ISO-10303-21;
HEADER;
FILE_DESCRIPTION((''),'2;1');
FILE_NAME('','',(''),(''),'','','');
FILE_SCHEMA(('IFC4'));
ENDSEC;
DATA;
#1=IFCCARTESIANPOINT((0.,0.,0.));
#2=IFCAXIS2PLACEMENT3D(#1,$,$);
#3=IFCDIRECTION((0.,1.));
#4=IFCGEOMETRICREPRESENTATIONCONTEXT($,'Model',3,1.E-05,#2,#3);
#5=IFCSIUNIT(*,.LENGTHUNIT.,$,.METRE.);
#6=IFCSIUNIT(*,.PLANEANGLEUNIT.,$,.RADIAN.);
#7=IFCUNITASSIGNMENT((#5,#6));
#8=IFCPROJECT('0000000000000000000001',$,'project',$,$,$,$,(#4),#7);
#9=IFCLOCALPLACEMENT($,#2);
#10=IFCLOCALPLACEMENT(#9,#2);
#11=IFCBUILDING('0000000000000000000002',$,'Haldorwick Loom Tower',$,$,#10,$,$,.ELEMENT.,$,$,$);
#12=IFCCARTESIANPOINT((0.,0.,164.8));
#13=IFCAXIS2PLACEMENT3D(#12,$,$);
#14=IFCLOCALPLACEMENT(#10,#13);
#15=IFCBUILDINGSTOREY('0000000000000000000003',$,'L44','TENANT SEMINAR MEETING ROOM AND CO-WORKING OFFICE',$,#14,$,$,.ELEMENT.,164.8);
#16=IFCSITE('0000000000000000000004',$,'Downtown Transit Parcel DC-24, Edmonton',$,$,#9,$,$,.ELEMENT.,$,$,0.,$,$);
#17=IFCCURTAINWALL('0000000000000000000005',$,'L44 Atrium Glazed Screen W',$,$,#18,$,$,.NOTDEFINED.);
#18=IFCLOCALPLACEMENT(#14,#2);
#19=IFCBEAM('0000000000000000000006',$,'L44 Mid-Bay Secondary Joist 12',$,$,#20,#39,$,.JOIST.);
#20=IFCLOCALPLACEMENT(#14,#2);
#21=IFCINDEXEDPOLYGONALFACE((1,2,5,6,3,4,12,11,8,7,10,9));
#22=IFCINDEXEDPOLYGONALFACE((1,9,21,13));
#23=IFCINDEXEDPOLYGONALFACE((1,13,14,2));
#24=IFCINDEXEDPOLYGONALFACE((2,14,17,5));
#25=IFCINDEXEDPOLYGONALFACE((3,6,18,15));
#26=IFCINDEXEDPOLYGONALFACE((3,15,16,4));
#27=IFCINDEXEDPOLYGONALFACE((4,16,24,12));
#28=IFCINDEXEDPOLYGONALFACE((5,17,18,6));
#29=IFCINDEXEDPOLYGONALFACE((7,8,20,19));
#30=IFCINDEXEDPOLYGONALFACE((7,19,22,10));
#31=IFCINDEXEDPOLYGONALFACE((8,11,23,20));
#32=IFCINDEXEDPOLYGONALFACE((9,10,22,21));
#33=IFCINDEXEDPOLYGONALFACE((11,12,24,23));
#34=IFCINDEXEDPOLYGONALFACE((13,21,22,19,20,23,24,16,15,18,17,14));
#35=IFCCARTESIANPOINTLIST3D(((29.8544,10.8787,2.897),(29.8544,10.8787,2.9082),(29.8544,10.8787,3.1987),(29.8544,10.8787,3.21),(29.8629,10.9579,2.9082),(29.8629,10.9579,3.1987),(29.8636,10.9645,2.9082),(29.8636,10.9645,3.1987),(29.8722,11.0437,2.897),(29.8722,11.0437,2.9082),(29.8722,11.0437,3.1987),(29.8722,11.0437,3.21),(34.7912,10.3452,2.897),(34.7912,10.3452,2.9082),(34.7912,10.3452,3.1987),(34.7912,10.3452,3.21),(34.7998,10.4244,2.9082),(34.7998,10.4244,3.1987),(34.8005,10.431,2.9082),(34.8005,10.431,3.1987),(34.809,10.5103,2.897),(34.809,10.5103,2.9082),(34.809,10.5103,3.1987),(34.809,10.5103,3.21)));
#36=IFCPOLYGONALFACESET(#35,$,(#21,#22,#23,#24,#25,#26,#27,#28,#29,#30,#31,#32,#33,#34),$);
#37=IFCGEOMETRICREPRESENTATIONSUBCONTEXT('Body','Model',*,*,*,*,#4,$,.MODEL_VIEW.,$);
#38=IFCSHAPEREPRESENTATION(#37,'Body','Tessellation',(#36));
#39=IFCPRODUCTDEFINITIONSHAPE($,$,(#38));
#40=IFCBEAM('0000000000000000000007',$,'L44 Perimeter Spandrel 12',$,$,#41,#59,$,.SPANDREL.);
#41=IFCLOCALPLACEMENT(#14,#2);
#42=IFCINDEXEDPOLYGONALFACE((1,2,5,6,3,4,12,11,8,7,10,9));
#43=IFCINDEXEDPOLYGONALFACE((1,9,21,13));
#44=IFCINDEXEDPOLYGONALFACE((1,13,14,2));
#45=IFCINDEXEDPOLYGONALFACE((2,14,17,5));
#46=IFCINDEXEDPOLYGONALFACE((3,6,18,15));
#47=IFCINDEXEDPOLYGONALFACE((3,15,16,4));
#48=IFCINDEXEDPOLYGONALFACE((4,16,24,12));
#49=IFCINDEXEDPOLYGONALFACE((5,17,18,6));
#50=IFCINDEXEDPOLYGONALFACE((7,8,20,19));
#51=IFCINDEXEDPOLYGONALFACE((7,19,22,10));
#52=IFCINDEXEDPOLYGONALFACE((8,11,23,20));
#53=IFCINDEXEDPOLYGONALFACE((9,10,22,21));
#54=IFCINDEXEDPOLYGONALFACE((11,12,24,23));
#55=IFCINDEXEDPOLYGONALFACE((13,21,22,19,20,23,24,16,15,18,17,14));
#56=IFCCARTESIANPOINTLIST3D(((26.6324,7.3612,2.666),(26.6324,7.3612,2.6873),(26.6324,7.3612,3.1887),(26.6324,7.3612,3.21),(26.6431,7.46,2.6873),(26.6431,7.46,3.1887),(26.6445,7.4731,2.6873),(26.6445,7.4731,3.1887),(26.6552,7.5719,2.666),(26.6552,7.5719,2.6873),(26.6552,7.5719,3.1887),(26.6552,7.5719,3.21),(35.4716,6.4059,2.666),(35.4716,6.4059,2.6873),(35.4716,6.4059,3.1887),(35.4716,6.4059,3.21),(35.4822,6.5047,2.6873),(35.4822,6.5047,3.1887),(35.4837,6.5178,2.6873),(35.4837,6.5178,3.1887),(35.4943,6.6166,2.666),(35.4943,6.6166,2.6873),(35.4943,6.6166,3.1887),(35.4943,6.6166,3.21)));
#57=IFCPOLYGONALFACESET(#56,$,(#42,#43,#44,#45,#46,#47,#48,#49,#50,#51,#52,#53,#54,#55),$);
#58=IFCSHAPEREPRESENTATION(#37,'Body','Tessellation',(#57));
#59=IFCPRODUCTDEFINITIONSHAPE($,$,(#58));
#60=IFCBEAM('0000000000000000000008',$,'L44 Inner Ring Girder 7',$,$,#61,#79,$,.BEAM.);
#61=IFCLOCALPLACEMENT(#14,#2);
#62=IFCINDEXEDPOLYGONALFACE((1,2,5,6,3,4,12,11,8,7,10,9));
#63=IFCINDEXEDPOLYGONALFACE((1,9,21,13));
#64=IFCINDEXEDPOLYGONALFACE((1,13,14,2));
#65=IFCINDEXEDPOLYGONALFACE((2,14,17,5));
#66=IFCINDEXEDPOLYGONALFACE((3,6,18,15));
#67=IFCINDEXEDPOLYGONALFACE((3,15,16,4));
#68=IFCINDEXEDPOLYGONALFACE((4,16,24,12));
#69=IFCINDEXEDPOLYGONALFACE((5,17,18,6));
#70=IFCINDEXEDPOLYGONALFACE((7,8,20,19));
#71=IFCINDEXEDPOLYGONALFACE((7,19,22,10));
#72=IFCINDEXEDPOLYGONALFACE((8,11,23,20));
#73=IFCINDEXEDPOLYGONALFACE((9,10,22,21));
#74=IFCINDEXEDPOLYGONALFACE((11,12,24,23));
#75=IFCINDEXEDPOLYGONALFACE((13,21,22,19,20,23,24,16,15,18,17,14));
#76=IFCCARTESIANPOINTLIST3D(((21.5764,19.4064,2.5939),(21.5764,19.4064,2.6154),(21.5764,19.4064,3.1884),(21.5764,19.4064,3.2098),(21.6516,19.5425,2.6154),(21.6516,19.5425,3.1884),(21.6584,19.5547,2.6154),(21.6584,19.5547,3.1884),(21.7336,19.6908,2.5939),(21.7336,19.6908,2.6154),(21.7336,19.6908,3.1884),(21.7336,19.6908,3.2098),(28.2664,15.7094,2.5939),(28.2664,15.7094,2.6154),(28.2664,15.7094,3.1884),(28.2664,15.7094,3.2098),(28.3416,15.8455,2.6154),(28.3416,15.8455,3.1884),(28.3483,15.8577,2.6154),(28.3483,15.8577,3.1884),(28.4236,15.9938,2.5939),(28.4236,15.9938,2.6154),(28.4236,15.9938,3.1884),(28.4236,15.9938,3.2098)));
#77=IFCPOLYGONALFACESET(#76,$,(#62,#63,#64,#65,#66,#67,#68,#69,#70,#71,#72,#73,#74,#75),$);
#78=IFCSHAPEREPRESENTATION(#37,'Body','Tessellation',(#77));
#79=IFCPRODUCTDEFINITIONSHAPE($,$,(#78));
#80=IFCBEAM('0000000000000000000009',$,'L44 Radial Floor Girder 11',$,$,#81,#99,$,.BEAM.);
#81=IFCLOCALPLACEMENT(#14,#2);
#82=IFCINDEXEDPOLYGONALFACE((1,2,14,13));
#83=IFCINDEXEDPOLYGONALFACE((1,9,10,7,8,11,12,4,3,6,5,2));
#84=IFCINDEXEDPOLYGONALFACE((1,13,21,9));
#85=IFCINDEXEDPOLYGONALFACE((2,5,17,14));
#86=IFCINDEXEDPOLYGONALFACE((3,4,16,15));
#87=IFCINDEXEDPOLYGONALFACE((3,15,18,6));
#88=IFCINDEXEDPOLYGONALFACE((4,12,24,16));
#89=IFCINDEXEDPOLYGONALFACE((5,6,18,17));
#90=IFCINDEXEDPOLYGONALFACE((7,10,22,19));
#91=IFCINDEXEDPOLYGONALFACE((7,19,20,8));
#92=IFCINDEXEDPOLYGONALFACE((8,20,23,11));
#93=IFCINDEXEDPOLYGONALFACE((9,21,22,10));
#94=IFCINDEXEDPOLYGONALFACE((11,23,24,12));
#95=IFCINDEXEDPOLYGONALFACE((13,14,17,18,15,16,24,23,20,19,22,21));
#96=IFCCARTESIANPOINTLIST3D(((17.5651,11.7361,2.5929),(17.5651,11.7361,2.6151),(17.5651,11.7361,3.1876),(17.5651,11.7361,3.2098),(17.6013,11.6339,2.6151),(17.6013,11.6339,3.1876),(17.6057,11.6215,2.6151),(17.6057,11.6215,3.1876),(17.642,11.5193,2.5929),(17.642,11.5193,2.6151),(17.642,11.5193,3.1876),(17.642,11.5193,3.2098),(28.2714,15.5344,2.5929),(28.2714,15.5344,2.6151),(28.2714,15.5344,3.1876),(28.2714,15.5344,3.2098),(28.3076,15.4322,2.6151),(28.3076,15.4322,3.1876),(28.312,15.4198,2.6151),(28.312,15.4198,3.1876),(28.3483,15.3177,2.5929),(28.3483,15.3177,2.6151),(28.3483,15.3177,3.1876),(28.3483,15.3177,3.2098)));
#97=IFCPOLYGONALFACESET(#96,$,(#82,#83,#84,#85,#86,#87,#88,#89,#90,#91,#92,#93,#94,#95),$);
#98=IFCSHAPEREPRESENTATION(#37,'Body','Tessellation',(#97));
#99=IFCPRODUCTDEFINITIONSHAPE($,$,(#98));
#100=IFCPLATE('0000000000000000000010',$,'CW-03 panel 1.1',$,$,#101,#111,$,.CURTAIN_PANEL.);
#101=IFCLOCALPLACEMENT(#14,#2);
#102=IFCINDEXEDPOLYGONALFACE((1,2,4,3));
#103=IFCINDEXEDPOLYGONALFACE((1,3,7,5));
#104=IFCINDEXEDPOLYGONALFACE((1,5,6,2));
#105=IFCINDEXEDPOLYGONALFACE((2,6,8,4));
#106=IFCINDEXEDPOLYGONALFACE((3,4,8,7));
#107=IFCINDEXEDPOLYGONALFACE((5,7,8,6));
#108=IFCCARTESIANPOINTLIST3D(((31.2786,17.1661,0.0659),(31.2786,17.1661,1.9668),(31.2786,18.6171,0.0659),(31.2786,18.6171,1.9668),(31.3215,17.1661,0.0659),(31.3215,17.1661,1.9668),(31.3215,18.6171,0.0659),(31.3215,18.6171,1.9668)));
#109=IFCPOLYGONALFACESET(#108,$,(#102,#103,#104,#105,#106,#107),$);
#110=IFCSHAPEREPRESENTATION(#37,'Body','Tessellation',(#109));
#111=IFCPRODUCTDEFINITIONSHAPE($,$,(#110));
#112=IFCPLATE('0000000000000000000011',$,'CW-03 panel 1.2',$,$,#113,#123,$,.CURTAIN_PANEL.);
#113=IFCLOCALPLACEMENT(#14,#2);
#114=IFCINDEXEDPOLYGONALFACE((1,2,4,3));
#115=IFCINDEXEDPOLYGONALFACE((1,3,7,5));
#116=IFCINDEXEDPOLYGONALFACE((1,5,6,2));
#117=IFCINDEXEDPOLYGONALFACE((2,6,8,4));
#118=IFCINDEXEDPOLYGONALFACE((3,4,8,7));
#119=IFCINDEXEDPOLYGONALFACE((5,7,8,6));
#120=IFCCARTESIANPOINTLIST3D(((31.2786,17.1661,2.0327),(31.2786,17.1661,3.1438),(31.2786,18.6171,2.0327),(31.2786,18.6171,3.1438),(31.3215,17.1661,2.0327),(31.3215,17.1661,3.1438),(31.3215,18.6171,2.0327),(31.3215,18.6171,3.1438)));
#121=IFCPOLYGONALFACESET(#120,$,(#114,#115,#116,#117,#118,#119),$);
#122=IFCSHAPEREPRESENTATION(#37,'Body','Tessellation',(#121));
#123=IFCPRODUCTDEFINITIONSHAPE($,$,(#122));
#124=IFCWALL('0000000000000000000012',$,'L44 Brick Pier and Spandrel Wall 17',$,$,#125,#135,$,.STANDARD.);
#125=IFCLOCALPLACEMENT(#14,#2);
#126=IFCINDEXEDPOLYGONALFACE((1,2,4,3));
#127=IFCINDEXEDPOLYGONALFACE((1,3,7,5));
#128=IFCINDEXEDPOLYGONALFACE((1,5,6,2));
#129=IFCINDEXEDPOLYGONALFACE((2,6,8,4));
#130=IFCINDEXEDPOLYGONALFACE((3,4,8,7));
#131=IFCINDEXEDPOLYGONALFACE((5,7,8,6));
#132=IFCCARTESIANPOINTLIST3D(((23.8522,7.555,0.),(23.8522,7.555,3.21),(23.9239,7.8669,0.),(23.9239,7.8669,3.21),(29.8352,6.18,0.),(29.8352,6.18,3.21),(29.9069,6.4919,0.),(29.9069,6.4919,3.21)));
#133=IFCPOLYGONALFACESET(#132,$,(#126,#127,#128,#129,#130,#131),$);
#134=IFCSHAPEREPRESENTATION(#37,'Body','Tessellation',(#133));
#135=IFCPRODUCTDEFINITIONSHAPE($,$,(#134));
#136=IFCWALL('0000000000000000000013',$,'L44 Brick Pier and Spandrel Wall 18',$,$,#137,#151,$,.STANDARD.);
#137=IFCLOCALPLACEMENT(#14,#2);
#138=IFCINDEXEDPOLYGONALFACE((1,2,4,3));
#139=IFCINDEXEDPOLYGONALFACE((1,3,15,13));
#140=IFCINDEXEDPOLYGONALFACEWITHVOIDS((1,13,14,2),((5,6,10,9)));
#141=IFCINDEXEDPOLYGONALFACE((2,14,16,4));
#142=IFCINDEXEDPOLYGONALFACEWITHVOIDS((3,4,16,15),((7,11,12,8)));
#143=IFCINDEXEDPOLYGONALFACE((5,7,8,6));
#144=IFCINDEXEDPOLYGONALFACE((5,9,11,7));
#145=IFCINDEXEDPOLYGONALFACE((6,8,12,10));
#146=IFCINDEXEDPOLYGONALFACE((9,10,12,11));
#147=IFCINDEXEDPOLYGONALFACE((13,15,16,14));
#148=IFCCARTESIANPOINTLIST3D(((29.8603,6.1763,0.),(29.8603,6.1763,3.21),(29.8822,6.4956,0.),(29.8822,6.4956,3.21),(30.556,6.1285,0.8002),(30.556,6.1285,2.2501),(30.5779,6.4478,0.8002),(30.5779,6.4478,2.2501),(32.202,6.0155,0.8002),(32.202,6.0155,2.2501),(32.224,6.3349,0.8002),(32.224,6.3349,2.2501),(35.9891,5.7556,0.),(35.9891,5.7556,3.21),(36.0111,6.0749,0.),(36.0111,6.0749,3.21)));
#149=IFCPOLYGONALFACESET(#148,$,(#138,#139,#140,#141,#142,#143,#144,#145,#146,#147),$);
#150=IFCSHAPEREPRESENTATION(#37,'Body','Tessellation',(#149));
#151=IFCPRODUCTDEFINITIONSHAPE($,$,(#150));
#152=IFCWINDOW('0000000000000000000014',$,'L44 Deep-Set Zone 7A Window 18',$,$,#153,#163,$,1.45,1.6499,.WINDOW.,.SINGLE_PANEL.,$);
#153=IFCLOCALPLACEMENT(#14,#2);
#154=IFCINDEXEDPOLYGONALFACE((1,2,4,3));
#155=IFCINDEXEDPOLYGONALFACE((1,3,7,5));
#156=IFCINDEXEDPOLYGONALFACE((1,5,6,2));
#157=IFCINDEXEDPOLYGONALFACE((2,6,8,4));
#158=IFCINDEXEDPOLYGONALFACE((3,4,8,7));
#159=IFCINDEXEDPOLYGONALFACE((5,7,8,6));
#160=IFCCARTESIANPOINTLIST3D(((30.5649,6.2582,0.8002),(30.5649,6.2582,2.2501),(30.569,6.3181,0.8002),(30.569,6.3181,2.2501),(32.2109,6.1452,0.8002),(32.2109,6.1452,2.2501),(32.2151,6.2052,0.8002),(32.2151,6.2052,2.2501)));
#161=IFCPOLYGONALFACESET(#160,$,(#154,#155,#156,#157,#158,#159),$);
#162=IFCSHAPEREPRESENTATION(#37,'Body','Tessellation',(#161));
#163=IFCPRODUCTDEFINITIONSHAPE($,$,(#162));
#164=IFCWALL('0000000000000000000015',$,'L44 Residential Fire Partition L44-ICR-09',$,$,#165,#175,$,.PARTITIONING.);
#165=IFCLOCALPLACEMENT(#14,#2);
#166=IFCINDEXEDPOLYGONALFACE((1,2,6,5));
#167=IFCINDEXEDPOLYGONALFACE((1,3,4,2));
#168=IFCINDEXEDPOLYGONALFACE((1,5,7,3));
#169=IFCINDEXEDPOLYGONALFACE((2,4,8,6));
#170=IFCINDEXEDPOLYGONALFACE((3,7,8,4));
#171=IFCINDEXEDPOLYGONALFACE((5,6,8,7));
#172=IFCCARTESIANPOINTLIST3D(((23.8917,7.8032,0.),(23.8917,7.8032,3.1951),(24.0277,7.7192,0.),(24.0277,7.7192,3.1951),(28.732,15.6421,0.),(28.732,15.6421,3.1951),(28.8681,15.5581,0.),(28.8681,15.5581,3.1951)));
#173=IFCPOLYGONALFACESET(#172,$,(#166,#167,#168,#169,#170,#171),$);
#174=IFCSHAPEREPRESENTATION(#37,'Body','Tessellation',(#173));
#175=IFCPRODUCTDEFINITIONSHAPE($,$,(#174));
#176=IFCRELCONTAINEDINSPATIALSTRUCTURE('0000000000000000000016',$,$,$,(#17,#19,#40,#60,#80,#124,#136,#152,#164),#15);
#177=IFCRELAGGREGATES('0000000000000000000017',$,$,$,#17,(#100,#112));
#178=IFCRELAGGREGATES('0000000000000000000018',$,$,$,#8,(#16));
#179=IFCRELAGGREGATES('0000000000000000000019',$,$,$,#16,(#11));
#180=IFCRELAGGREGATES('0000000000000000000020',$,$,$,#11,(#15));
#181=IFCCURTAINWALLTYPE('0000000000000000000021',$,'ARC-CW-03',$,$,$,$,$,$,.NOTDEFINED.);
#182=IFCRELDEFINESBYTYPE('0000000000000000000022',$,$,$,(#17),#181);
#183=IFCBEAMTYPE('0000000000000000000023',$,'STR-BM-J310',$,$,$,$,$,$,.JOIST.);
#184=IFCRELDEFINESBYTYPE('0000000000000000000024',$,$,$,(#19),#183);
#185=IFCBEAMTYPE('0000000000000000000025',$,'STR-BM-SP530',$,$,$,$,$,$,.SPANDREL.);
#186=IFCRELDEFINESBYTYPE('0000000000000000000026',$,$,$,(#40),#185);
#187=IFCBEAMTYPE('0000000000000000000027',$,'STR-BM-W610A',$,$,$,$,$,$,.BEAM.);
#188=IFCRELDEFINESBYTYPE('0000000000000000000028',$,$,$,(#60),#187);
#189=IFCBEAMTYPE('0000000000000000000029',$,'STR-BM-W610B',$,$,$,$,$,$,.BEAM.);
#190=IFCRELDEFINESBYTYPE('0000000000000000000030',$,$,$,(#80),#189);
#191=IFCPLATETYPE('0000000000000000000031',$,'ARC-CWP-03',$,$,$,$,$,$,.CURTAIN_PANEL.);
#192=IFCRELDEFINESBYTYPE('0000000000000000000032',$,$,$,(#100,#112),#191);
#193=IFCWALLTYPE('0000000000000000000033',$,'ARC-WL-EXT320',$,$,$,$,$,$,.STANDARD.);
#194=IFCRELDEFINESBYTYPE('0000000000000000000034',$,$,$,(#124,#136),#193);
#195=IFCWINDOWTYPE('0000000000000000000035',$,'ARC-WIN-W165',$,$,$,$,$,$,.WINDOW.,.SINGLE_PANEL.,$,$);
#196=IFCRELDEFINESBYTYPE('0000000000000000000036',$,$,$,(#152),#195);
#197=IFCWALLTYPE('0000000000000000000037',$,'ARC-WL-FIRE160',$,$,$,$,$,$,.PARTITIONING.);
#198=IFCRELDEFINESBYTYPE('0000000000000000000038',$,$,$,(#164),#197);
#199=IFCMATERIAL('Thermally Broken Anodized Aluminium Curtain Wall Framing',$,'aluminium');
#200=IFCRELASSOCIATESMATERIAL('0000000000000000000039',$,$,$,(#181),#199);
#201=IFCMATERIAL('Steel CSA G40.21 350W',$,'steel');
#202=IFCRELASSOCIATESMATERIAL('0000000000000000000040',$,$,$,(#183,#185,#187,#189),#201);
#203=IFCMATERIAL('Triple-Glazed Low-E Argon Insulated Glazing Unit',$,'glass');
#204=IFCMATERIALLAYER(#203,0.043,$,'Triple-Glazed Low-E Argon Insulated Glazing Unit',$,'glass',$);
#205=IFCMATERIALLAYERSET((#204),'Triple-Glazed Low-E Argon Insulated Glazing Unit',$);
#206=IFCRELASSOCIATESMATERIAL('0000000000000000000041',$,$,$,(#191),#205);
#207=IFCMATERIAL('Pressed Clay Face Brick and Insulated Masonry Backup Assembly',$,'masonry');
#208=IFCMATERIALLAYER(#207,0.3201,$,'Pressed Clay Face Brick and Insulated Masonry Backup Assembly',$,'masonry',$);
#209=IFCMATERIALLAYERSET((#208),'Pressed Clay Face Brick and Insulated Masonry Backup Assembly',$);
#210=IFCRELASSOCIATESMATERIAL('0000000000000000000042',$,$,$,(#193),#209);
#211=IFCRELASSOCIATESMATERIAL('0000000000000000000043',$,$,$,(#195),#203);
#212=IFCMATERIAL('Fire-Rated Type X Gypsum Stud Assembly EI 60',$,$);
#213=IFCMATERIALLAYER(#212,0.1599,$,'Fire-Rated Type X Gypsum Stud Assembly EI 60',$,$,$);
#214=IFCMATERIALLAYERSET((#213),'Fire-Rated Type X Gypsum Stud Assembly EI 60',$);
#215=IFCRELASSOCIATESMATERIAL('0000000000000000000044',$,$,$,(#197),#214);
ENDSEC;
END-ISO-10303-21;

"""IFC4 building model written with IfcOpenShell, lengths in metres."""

from ifc_helpers import new_model, si_unit, direction, frame, frame_2d, origin, origin_2d, place, context, subcontext, project, spatial, rectangle, i_section, extrude, material, layer, layer_set, material_profile, profile_set, type_object, element, fill, aggregate, save


model = new_model("IFC4")

# Units and contexts
model_context = context("Model", 3, precision=1e-05, world=origin(), true_north=direction((0.0, 1.0)))
body_context = subcontext(model_context, "Body", "Model", "MODEL_VIEW")
ifc_project = project(units=[si_unit("LENGTHUNIT", "METRE"), si_unit("PLANEANGLEUNIT", "RADIAN")], contexts=[model_context])

# Site, building, storey
site_placement = place(None, origin())
site = spatial("IfcSite", under=ifc_project, at=site_placement, Name="Downtown Transit Parcel DC-24, Edmonton", CompositionType="ELEMENT", RefElevation=0.0)
building_placement = place(site_placement, origin())
building = spatial("IfcBuilding", under=site, at=building_placement, Name="Haldorwick Loom Tower", CompositionType="ELEMENT")
storey_placement = place(building_placement, frame((0.0, 0.0, 164.8)))
storey = spatial("IfcBuildingStorey", under=building, at=storey_placement, Name="L44", Description="TENANT SEMINAR MEETING ROOM AND CO-WORKING OFFICE", CompositionType="ELEMENT", Elevation=164.8)

# Curtain wall
ifc_material_1 = material(Name="Thermally Broken Anodized Aluminium Curtain Wall Framing", Category="aluminium")
curtain_wall_type = type_object("IfcCurtainWallType", Name="ARC-CW-03", PredefinedType="NOTDEFINED", material=ifc_material_1)
curtain_wall_placement = place(storey_placement, origin())
curtain_wall = element("IfcCurtainWall", 1, at=curtain_wall_placement, inside=storey, type_object=curtain_wall_type, Name="L44 Atrium Glazed Screen W", PredefinedType="NOTDEFINED")

# Beams
ifc_material_2 = material(Name="Steel CSA G40.21 350W", Category="steel")
ifc_material_profile_1 = material_profile(ifc_material_2, i_section(OverallWidth=0.166, OverallDepth=0.313, WebThickness=0.0066, FlangeThickness=0.0112, at=origin_2d()), Name="W310X45", Category="steel")
ifc_profile_set_1 = profile_set([ifc_material_profile_1], Name="Steel CSA G40.21 350W")
beam_type_1 = type_object("IfcBeamType", Name="STR-BM-J310", PredefinedType="JOIST", material=ifc_profile_set_1)
beam_1_placement = place(storey_placement, frame((29.8633, 10.9612, 3.0535), z_axis=(0.994213, -0.107431, 0.0), x_axis=(0.107431, 0.994213, 0.0)))
element("IfcBeam", 2, at=beam_1_placement, inside=storey, type_object=beam_type_1, Name="L44 Mid-Bay Secondary Joist 12", PredefinedType="JOIST", context=body_context, shape_type="SweptSolid", body=[
    extrude(i_section(OverallWidth=0.166, OverallDepth=0.313, WebThickness=0.0066, FlangeThickness=0.0112, at=origin_2d()), origin(), (0.0, 0.0, 1.0), 4.9656),
])
ifc_material_profile_2 = material_profile(ifc_material_2, i_section(OverallWidth=0.2119, OverallDepth=0.5439, WebThickness=0.0132, FlangeThickness=0.0212, at=origin_2d()), Name="W530X123", Category="steel")
ifc_profile_set_2 = profile_set([ifc_material_profile_2], Name="Steel CSA G40.21 350W")
beam_type_2 = type_object("IfcBeamType", Name="STR-BM-SP530", PredefinedType="SPANDREL", material=ifc_profile_set_2)
beam_2_placement = place(storey_placement, frame((26.6438, 7.4666, 2.938), z_axis=(0.99421, -0.107453, 0.0), x_axis=(0.107453, 0.99421, 0.0)))
element("IfcBeam", 3, at=beam_2_placement, inside=storey, type_object=beam_type_2, Name="L44 Perimeter Spandrel 12", PredefinedType="SPANDREL", context=body_context, shape_type="SweptSolid", body=[
    extrude(i_section(OverallWidth=0.2119, OverallDepth=0.5439, WebThickness=0.0132, FlangeThickness=0.0212, at=origin_2d()), origin(), (0.0, 0.0, 1.0), 8.8906),
])
ifc_material_profile_3 = material_profile(ifc_material_2, i_section(OverallWidth=0.325, OverallDepth=0.616, WebThickness=0.0139, FlangeThickness=0.0215, at=origin_2d()), Name="W610X174", Category="steel")
ifc_profile_set_3 = profile_set([ifc_material_profile_3], Name="Steel CSA G40.21 350W")
beam_type_3 = type_object("IfcBeamType", Name="STR-BM-W610A", PredefinedType="BEAM", material=ifc_profile_set_3)
beam_3_placement = place(storey_placement, frame((28.345, 15.8516, 2.9019), z_axis=(-0.875244, 0.483681, 0.0), x_axis=(-0.483681, -0.875244, 0.0)))
element("IfcBeam", 4, at=beam_3_placement, inside=storey, type_object=beam_type_3, Name="L44 Inner Ring Girder 7", PredefinedType="BEAM", context=body_context, shape_type="SweptSolid", body=[
    extrude(i_section(OverallWidth=0.325, OverallDepth=0.616, WebThickness=0.0139, FlangeThickness=0.0215, at=origin_2d()), origin(), (0.0, 0.0, 1.0), 7.6436),
])
ifc_material_profile_4 = material_profile(ifc_material_2, i_section(OverallWidth=0.23, OverallDepth=0.6169, WebThickness=0.0132, FlangeThickness=0.0222, at=origin_2d()), Name="W610X140", Category="steel")
ifc_profile_set_4 = profile_set([ifc_material_profile_4], Name="Steel CSA G40.21 350W")
beam_type_4 = type_object("IfcBeamType", Name="STR-BM-W610B", PredefinedType="BEAM", material=ifc_profile_set_4)
beam_4_placement = place(storey_placement, frame((28.3098, 15.426, 2.9014), z_axis=(-0.942446, -0.334358, 0.0), x_axis=(0.334358, -0.942446, 0.0)))
element("IfcBeam", 5, at=beam_4_placement, inside=storey, type_object=beam_type_4, Name="L44 Radial Floor Girder 11", PredefinedType="BEAM", context=body_context, shape_type="SweptSolid", body=[
    extrude(i_section(OverallWidth=0.23, OverallDepth=0.6169, WebThickness=0.0132, FlangeThickness=0.0222, at=origin_2d()), origin(), (0.0, 0.0, 1.0), 11.3601),
])

# Plates
ifc_material_3 = material(Name="Triple-Glazed Low-E Argon Insulated Glazing Unit", Category="glass")
ifc_layer_1 = layer(ifc_material_3, 0.043, Name="Triple-Glazed Low-E Argon Insulated Glazing Unit", Category="glass")
ifc_layer_set_1 = layer_set([ifc_layer_1], Name="Triple-Glazed Low-E Argon Insulated Glazing Unit")
plate_type = type_object("IfcPlateType", Name="ARC-CWP-03", PredefinedType="CURTAIN_PANEL", material=ifc_layer_set_1)
plate_1_placement = place(storey_placement, frame((31.3, 17.8916, 0.0659), z_axis=(0.0, 0.0, 1.0), x_axis=(0.0, 1.0, 0.0)))
plate_1 = element("IfcPlate", 6, at=plate_1_placement, type_object=plate_type, Name="CW-03 panel 1.1", PredefinedType="CURTAIN_PANEL", context=body_context, shape_type="SweptSolid", body=[
    extrude(rectangle(XDim=1.4509, YDim=0.043, at=origin_2d()), origin(), (0.0, 0.0, 1.0), 1.9009),
])
plate_2_placement = place(storey_placement, frame((31.3, 17.8916, 2.0327), z_axis=(0.0, 0.0, 1.0), x_axis=(0.0, 1.0, 0.0)))
plate_2 = element("IfcPlate", 7, at=plate_2_placement, type_object=plate_type, Name="CW-03 panel 1.2", PredefinedType="CURTAIN_PANEL", context=body_context, shape_type="SweptSolid", body=[
    extrude(rectangle(XDim=1.4509, YDim=0.043, at=origin_2d()), origin(), (0.0, 0.0, 1.0), 1.1111),
])
aggregate(curtain_wall, [plate_1, plate_2])

# Wall
ifc_material_4 = material(Name="Pressed Clay Face Brick and Insulated Masonry Backup Assembly", Category="masonry")
ifc_layer_2 = layer(ifc_material_4, 0.3201, Name="Pressed Clay Face Brick and Insulated Masonry Backup Assembly", Category="masonry")
ifc_layer_set_2 = layer_set([ifc_layer_2], Name="Pressed Clay Face Brick and Insulated Masonry Backup Assembly")
wall_type_1 = type_object("IfcWallType", Name="ARC-WL-EXT320", PredefinedType="STANDARD", material=ifc_layer_set_2)
wall_1_placement = place(storey_placement, frame((23.8882, 7.7109, 0.0), z_axis=(0.0, 0.0, 1.0), x_axis=(0.974593, -0.223982, 0.0)))
element("IfcWall", 8, at=wall_1_placement, inside=storey, type_object=wall_type_1, Name="L44 Brick Pier and Spandrel Wall 17", PredefinedType="STANDARD", context=body_context, shape_type="SweptSolid", body=[
    extrude(rectangle(XDim=6.1389, YDim=0.3201, at=frame_2d((3.0693, 0.0))), origin(), (0.0, 0.0, 1.0), 3.21),
])

# Wall, opening, window
wall_2_placement = place(storey_placement, frame((29.8711, 6.3359, 0.0), z_axis=(0.0, 0.0, 1.0), x_axis=(0.997653, -0.068473, 0.0)))
wall_2 = element("IfcWall", 9, at=wall_2_placement, inside=storey, type_object=wall_type_1, Name="L44 Brick Pier and Spandrel Wall 18", PredefinedType="STANDARD", context=body_context, shape_type="SweptSolid", body=[
    extrude(rectangle(XDim=6.1433, YDim=0.3201, at=frame_2d((3.0718, 0.0))), origin(), (0.0, 0.0, 1.0), 3.21),
])
opening_placement = place(wall_2_placement, frame((0.6975, 0.0, 0.8)))
opening = element("IfcOpeningElement", 10, at=opening_placement, cuts=wall_2, PredefinedType="OPENING", context=body_context, shape_type="SweptSolid", body=[
    extrude(rectangle(XDim=1.6499, YDim=1.45, at=frame_2d((0.825, 0.7251))), frame((0.0, 0.1699, 0.0), z_axis=(0.0, -1.0, 0.0), x_axis=(1.0, 0.0, 0.0)), (0.0, 0.0, 1.0), 0.3401),
])
window_type = type_object("IfcWindowType", Name="ARC-WIN-W165", PartitioningType="SINGLE_PANEL", PredefinedType="WINDOW", material=ifc_material_3)
window_placement = place(opening_placement, origin())
window = element("IfcWindow", 11, at=window_placement, inside=storey, type_object=window_type, Name="L44 Deep-Set Zone 7A Window 18", OverallHeight=1.45, OverallWidth=1.6499, PartitioningType="SINGLE_PANEL", PredefinedType="WINDOW", context=body_context, shape_type="SweptSolid", body=[
    extrude(rectangle(XDim=1.6499, YDim=1.45, at=frame_2d((0.825, 0.7251))), frame((0.0, 0.03, 0.0), z_axis=(0.0, -1.0, 0.0), x_axis=(1.0, 0.0, 0.0)), (0.0, 0.0, 1.0), 0.0601),
])
fill(opening, window)

# Wall
ifc_material_5 = material(Name="Fire-Rated Type X Gypsum Stud Assembly EI 60")
ifc_layer_3 = layer(ifc_material_5, 0.1599, Name="Fire-Rated Type X Gypsum Stud Assembly EI 60")
ifc_layer_set_3 = layer_set([ifc_layer_3], Name="Fire-Rated Type X Gypsum Stud Assembly EI 60")
wall_type_2 = type_object("IfcWallType", Name="ARC-WL-FIRE160", PredefinedType="PARTITIONING", material=ifc_layer_set_3)
wall_3_placement = place(storey_placement, frame((28.8, 15.6001, 0.0), z_axis=(0.0, 0.0, 1.0), x_axis=(-0.525389, -0.850862, 0.0)))
element("IfcWall", 12, at=wall_3_placement, inside=storey, type_object=wall_type_2, Name="L44 Residential Fire Partition L44-ICR-09", PredefinedType="PARTITIONING", context=body_context, shape_type="SweptSolid", body=[
    extrude(rectangle(XDim=9.2129, YDim=0.1599, at=frame_2d((4.6064, 0.0))), origin(), (0.0, 0.0, 1.0), 3.1951),
])

save(model, "model.ifc")
